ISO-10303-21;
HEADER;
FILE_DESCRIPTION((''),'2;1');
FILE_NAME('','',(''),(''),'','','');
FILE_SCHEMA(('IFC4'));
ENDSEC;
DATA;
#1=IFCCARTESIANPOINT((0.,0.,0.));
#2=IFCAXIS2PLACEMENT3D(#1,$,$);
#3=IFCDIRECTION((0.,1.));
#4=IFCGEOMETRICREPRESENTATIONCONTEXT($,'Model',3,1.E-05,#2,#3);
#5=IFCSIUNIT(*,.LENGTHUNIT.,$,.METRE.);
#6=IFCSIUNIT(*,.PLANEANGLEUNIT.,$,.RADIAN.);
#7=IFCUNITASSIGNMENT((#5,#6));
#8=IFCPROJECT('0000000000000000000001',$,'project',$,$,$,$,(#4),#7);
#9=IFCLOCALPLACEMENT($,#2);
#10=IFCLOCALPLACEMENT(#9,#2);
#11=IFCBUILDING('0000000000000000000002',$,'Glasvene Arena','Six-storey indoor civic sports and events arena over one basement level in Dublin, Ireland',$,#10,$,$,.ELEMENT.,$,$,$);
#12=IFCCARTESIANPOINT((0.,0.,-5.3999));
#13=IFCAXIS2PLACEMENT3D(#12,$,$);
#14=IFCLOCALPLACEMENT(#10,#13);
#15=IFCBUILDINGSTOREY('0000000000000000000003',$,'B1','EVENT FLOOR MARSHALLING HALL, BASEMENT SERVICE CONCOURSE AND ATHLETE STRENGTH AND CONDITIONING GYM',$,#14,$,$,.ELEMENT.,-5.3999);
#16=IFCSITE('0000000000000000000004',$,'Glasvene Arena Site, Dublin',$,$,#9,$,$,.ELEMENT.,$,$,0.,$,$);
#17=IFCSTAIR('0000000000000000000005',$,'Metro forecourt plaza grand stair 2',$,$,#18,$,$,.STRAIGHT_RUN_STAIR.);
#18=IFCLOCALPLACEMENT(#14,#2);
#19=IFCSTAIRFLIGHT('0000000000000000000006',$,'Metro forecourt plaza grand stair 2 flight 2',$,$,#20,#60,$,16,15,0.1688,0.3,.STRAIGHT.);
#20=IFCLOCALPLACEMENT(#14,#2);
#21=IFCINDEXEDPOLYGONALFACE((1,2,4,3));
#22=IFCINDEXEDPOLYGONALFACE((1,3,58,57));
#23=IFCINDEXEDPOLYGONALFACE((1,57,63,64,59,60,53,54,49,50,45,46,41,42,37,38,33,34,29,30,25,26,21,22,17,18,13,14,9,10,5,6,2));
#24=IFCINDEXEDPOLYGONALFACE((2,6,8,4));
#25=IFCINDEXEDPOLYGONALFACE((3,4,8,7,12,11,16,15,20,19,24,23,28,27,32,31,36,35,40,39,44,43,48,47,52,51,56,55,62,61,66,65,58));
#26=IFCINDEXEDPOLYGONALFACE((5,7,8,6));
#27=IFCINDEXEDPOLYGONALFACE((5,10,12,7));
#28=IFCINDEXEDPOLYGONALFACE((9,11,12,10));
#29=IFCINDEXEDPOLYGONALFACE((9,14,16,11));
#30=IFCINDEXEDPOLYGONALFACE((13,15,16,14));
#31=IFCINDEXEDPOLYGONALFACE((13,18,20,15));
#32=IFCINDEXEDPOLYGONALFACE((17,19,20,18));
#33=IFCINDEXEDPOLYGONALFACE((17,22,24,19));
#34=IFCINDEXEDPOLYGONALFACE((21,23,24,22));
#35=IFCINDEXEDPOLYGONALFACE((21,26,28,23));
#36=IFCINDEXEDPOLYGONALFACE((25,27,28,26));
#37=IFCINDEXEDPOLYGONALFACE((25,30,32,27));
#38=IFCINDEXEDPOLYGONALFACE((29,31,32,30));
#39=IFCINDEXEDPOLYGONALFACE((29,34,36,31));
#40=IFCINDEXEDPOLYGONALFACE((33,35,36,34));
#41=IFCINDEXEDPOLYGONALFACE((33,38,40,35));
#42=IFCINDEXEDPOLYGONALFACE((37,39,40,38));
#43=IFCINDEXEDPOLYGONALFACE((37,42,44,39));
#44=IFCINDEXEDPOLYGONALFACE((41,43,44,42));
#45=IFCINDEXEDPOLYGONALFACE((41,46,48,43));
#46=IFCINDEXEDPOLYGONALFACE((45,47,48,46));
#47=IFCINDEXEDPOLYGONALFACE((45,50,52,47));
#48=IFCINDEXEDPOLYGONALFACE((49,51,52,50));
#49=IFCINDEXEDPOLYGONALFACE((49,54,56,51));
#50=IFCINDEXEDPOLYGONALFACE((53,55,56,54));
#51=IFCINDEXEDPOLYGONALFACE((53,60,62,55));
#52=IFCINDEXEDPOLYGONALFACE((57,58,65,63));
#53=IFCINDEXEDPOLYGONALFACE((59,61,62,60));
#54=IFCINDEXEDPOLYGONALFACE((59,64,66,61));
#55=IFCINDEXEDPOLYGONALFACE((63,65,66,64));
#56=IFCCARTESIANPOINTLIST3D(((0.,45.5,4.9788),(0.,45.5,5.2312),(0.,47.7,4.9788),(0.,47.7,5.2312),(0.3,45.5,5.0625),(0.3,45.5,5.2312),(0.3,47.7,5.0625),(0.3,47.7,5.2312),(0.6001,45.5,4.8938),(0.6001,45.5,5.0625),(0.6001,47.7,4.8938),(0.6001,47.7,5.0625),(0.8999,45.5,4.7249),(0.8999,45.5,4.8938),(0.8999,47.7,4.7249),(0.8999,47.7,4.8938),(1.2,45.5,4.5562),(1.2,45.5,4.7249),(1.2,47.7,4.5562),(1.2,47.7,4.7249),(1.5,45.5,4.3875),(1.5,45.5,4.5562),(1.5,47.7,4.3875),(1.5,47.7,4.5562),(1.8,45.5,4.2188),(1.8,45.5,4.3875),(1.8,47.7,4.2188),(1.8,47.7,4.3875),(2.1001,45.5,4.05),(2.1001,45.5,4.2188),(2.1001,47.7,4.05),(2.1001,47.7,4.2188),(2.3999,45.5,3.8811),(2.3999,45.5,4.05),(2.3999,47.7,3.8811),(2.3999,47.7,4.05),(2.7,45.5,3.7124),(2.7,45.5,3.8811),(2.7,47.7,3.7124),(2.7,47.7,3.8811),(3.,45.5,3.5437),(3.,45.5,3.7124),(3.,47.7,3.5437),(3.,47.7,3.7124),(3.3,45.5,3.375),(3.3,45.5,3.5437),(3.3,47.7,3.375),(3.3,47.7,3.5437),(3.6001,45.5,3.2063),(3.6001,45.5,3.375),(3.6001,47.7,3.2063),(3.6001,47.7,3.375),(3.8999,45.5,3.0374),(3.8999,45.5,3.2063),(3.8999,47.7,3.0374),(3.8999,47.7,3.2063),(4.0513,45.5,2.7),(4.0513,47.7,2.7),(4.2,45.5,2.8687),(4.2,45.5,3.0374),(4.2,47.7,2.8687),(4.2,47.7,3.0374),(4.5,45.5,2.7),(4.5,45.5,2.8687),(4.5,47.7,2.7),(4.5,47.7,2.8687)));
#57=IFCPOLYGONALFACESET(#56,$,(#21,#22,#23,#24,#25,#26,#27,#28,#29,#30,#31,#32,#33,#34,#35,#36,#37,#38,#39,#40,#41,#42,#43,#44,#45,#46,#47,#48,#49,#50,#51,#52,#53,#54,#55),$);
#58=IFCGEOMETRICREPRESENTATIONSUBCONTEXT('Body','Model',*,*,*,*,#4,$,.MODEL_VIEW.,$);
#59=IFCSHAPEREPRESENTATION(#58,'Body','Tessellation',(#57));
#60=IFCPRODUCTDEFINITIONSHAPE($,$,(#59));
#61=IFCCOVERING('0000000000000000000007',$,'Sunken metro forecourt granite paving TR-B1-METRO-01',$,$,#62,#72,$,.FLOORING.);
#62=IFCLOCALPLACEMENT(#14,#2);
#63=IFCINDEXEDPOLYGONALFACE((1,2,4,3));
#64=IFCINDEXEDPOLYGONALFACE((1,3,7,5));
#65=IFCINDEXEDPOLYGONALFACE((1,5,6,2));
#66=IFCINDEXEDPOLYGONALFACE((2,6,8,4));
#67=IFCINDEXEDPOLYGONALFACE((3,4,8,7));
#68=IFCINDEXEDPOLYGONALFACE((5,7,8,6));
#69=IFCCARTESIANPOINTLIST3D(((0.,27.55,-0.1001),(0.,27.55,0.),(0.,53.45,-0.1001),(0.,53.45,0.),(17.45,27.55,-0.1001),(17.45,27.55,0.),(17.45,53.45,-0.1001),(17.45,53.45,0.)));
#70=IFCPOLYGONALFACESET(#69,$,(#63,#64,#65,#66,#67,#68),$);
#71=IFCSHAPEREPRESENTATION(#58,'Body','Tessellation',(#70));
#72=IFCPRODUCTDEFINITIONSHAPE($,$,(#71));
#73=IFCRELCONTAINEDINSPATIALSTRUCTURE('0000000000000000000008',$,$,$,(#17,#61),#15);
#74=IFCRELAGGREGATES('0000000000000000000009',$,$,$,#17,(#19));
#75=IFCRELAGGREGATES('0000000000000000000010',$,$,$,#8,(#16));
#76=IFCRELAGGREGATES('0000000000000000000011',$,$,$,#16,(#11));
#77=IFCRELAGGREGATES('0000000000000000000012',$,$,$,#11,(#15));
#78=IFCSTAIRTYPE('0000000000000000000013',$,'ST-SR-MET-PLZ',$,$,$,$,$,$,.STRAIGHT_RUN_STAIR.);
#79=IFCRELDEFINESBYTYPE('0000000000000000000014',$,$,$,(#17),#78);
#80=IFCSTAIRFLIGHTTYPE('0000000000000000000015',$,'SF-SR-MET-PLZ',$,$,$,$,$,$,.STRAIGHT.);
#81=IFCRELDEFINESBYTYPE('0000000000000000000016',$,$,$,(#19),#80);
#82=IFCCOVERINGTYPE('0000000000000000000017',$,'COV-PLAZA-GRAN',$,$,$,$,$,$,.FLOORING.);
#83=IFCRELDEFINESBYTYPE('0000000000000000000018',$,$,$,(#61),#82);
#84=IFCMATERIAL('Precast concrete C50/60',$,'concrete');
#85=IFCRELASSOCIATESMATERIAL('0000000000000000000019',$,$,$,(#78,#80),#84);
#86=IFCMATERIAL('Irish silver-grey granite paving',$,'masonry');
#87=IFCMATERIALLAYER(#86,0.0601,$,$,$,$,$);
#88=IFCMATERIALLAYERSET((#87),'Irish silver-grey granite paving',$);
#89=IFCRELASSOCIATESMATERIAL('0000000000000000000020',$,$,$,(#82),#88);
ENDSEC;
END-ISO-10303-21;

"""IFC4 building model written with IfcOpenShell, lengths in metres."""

from ifc_helpers import new_model, si_unit, direction, frame, origin, place, context, subcontext, project, spatial, polyline, outline, extrude, material, layer, layer_set, type_object, element, aggregate, save


model = new_model("IFC4")

# Units and contexts
model_context = context("Model", 3, precision=1e-05, world=origin(), true_north=direction((0.0, 1.0)))
body_context = subcontext(model_context, "Body", "Model", "MODEL_VIEW")
ifc_project = project(units=[si_unit("LENGTHUNIT", "METRE"), si_unit("PLANEANGLEUNIT", "RADIAN")], contexts=[model_context])

# Site, building, storey
site_placement = place(None, origin())
site = spatial("IfcSite", under=ifc_project, at=site_placement, Name="Glasvene Arena Site, Dublin", CompositionType="ELEMENT", RefElevation=0.0)
building_placement = place(site_placement, origin())
building = spatial("IfcBuilding", under=site, at=building_placement, Name="Glasvene Arena", Description="Six-storey indoor civic sports and events arena over one basement level in Dublin, Ireland", CompositionType="ELEMENT")
storey_placement = place(building_placement, frame((0.0, 0.0, -5.3999)))
storey = spatial("IfcBuildingStorey", under=building, at=storey_placement, Name="B1", Description="EVENT FLOOR MARSHALLING HALL, BASEMENT SERVICE CONCOURSE AND ATHLETE STRENGTH AND CONDITIONING GYM", CompositionType="ELEMENT", Elevation=-5.3999)

# Shared definitions
ifc_material_1 = material(Name="Precast concrete C50/60", Category="concrete")
stair_type = type_object("IfcStairType", Name="ST-SR-MET-PLZ", PredefinedType="STRAIGHT_RUN_STAIR", material=ifc_material_1)
stair_flight_type = type_object("IfcStairFlightType", Name="SF-SR-MET-PLZ", PredefinedType="STRAIGHT", material=ifc_material_1)

# Stair, stair flight
stair_1_placement = place(storey_placement, origin())
stair_1 = element("IfcStair", 1, at=stair_1_placement, inside=storey, type_object=stair_type, Name="Metro forecourt plaza grand stair 2", PredefinedType="STRAIGHT_RUN_STAIR")
stair_flight_1_placement = place(storey_placement, frame((4.5, 46.6001, 2.7), z_axis=(0.0, 0.0, 1.0), x_axis=(-1.0, 0.0, 0.0)))
stair_flight_1 = element("IfcStairFlight", 2, at=stair_flight_1_placement, type_object=stair_flight_type, Name="Metro forecourt plaza grand stair 2 flight 2", NumberOfRisers=16, NumberOfTreads=15, PredefinedType="STRAIGHT", RiserHeight=0.1688, TreadLength=0.3, context=body_context, shape_type="SweptSolid", body=[
    extrude(outline(polyline([(0.0, 0.0), (0.0, 0.1687), (0.3, 0.1687), (0.3, 0.3374), (0.6001, 0.3374), (0.6001, 0.5063), (0.8999, 0.5063), (0.8999, 0.675), (1.2, 0.675), (1.2, 0.8438), (1.5, 0.8438), (1.5, 1.0125), (1.8, 1.0125), (1.8, 1.1812), (2.1001, 1.1812), (2.1001, 1.3501), (2.3999, 1.3501), (2.3999, 1.5188), (2.7, 1.5188), (2.7, 1.6875), (3.0, 1.6875), (3.0, 1.8562), (3.3, 1.8562), (3.3, 2.0249), (3.6001, 2.0249), (3.6001, 2.1938), (3.8999, 2.1938), (3.8999, 2.3625), (4.2, 2.3625), (4.2, 2.5312), (4.5, 2.5312), (4.5, 2.7), (4.5, 2.2788), (0.4487, 0.0), (0.0, 0.0)])), frame((0.0, 1.1001, 0.0), z_axis=(0.0, -1.0, 0.0), x_axis=(1.0, 0.0, 0.0)), (0.0, 0.0, 1.0), 2.2),
])
aggregate(stair_1, [stair_flight_1])

# Covering
ifc_material_2 = material(Name="Irish silver-grey granite paving", Category="masonry")
ifc_layer_1 = layer(ifc_material_2, 0.0601)
ifc_layer_set_1 = layer_set([ifc_layer_1], Name="Irish silver-grey granite paving")
covering_type = type_object("IfcCoveringType", Name="COV-PLAZA-GRAN", PredefinedType="FLOORING", material=ifc_layer_set_1)
covering_placement = place(storey_placement, frame((8.7251, 40.5, -0.1001)))
element("IfcCovering", 3, at=covering_placement, inside=storey, type_object=covering_type, Name="Sunken metro forecourt granite paving TR-B1-METRO-01", PredefinedType="FLOORING", context=body_context, shape_type="SweptSolid", body=[
    extrude(outline(polyline([(-8.7251, 12.95), (8.7249, 12.95), (8.7249, -12.95), (-8.7251, -12.95), (-8.7251, 12.95)])), origin(), (0.0, 0.0, 1.0), 0.1001),
])

save(model, "model.ifc")
